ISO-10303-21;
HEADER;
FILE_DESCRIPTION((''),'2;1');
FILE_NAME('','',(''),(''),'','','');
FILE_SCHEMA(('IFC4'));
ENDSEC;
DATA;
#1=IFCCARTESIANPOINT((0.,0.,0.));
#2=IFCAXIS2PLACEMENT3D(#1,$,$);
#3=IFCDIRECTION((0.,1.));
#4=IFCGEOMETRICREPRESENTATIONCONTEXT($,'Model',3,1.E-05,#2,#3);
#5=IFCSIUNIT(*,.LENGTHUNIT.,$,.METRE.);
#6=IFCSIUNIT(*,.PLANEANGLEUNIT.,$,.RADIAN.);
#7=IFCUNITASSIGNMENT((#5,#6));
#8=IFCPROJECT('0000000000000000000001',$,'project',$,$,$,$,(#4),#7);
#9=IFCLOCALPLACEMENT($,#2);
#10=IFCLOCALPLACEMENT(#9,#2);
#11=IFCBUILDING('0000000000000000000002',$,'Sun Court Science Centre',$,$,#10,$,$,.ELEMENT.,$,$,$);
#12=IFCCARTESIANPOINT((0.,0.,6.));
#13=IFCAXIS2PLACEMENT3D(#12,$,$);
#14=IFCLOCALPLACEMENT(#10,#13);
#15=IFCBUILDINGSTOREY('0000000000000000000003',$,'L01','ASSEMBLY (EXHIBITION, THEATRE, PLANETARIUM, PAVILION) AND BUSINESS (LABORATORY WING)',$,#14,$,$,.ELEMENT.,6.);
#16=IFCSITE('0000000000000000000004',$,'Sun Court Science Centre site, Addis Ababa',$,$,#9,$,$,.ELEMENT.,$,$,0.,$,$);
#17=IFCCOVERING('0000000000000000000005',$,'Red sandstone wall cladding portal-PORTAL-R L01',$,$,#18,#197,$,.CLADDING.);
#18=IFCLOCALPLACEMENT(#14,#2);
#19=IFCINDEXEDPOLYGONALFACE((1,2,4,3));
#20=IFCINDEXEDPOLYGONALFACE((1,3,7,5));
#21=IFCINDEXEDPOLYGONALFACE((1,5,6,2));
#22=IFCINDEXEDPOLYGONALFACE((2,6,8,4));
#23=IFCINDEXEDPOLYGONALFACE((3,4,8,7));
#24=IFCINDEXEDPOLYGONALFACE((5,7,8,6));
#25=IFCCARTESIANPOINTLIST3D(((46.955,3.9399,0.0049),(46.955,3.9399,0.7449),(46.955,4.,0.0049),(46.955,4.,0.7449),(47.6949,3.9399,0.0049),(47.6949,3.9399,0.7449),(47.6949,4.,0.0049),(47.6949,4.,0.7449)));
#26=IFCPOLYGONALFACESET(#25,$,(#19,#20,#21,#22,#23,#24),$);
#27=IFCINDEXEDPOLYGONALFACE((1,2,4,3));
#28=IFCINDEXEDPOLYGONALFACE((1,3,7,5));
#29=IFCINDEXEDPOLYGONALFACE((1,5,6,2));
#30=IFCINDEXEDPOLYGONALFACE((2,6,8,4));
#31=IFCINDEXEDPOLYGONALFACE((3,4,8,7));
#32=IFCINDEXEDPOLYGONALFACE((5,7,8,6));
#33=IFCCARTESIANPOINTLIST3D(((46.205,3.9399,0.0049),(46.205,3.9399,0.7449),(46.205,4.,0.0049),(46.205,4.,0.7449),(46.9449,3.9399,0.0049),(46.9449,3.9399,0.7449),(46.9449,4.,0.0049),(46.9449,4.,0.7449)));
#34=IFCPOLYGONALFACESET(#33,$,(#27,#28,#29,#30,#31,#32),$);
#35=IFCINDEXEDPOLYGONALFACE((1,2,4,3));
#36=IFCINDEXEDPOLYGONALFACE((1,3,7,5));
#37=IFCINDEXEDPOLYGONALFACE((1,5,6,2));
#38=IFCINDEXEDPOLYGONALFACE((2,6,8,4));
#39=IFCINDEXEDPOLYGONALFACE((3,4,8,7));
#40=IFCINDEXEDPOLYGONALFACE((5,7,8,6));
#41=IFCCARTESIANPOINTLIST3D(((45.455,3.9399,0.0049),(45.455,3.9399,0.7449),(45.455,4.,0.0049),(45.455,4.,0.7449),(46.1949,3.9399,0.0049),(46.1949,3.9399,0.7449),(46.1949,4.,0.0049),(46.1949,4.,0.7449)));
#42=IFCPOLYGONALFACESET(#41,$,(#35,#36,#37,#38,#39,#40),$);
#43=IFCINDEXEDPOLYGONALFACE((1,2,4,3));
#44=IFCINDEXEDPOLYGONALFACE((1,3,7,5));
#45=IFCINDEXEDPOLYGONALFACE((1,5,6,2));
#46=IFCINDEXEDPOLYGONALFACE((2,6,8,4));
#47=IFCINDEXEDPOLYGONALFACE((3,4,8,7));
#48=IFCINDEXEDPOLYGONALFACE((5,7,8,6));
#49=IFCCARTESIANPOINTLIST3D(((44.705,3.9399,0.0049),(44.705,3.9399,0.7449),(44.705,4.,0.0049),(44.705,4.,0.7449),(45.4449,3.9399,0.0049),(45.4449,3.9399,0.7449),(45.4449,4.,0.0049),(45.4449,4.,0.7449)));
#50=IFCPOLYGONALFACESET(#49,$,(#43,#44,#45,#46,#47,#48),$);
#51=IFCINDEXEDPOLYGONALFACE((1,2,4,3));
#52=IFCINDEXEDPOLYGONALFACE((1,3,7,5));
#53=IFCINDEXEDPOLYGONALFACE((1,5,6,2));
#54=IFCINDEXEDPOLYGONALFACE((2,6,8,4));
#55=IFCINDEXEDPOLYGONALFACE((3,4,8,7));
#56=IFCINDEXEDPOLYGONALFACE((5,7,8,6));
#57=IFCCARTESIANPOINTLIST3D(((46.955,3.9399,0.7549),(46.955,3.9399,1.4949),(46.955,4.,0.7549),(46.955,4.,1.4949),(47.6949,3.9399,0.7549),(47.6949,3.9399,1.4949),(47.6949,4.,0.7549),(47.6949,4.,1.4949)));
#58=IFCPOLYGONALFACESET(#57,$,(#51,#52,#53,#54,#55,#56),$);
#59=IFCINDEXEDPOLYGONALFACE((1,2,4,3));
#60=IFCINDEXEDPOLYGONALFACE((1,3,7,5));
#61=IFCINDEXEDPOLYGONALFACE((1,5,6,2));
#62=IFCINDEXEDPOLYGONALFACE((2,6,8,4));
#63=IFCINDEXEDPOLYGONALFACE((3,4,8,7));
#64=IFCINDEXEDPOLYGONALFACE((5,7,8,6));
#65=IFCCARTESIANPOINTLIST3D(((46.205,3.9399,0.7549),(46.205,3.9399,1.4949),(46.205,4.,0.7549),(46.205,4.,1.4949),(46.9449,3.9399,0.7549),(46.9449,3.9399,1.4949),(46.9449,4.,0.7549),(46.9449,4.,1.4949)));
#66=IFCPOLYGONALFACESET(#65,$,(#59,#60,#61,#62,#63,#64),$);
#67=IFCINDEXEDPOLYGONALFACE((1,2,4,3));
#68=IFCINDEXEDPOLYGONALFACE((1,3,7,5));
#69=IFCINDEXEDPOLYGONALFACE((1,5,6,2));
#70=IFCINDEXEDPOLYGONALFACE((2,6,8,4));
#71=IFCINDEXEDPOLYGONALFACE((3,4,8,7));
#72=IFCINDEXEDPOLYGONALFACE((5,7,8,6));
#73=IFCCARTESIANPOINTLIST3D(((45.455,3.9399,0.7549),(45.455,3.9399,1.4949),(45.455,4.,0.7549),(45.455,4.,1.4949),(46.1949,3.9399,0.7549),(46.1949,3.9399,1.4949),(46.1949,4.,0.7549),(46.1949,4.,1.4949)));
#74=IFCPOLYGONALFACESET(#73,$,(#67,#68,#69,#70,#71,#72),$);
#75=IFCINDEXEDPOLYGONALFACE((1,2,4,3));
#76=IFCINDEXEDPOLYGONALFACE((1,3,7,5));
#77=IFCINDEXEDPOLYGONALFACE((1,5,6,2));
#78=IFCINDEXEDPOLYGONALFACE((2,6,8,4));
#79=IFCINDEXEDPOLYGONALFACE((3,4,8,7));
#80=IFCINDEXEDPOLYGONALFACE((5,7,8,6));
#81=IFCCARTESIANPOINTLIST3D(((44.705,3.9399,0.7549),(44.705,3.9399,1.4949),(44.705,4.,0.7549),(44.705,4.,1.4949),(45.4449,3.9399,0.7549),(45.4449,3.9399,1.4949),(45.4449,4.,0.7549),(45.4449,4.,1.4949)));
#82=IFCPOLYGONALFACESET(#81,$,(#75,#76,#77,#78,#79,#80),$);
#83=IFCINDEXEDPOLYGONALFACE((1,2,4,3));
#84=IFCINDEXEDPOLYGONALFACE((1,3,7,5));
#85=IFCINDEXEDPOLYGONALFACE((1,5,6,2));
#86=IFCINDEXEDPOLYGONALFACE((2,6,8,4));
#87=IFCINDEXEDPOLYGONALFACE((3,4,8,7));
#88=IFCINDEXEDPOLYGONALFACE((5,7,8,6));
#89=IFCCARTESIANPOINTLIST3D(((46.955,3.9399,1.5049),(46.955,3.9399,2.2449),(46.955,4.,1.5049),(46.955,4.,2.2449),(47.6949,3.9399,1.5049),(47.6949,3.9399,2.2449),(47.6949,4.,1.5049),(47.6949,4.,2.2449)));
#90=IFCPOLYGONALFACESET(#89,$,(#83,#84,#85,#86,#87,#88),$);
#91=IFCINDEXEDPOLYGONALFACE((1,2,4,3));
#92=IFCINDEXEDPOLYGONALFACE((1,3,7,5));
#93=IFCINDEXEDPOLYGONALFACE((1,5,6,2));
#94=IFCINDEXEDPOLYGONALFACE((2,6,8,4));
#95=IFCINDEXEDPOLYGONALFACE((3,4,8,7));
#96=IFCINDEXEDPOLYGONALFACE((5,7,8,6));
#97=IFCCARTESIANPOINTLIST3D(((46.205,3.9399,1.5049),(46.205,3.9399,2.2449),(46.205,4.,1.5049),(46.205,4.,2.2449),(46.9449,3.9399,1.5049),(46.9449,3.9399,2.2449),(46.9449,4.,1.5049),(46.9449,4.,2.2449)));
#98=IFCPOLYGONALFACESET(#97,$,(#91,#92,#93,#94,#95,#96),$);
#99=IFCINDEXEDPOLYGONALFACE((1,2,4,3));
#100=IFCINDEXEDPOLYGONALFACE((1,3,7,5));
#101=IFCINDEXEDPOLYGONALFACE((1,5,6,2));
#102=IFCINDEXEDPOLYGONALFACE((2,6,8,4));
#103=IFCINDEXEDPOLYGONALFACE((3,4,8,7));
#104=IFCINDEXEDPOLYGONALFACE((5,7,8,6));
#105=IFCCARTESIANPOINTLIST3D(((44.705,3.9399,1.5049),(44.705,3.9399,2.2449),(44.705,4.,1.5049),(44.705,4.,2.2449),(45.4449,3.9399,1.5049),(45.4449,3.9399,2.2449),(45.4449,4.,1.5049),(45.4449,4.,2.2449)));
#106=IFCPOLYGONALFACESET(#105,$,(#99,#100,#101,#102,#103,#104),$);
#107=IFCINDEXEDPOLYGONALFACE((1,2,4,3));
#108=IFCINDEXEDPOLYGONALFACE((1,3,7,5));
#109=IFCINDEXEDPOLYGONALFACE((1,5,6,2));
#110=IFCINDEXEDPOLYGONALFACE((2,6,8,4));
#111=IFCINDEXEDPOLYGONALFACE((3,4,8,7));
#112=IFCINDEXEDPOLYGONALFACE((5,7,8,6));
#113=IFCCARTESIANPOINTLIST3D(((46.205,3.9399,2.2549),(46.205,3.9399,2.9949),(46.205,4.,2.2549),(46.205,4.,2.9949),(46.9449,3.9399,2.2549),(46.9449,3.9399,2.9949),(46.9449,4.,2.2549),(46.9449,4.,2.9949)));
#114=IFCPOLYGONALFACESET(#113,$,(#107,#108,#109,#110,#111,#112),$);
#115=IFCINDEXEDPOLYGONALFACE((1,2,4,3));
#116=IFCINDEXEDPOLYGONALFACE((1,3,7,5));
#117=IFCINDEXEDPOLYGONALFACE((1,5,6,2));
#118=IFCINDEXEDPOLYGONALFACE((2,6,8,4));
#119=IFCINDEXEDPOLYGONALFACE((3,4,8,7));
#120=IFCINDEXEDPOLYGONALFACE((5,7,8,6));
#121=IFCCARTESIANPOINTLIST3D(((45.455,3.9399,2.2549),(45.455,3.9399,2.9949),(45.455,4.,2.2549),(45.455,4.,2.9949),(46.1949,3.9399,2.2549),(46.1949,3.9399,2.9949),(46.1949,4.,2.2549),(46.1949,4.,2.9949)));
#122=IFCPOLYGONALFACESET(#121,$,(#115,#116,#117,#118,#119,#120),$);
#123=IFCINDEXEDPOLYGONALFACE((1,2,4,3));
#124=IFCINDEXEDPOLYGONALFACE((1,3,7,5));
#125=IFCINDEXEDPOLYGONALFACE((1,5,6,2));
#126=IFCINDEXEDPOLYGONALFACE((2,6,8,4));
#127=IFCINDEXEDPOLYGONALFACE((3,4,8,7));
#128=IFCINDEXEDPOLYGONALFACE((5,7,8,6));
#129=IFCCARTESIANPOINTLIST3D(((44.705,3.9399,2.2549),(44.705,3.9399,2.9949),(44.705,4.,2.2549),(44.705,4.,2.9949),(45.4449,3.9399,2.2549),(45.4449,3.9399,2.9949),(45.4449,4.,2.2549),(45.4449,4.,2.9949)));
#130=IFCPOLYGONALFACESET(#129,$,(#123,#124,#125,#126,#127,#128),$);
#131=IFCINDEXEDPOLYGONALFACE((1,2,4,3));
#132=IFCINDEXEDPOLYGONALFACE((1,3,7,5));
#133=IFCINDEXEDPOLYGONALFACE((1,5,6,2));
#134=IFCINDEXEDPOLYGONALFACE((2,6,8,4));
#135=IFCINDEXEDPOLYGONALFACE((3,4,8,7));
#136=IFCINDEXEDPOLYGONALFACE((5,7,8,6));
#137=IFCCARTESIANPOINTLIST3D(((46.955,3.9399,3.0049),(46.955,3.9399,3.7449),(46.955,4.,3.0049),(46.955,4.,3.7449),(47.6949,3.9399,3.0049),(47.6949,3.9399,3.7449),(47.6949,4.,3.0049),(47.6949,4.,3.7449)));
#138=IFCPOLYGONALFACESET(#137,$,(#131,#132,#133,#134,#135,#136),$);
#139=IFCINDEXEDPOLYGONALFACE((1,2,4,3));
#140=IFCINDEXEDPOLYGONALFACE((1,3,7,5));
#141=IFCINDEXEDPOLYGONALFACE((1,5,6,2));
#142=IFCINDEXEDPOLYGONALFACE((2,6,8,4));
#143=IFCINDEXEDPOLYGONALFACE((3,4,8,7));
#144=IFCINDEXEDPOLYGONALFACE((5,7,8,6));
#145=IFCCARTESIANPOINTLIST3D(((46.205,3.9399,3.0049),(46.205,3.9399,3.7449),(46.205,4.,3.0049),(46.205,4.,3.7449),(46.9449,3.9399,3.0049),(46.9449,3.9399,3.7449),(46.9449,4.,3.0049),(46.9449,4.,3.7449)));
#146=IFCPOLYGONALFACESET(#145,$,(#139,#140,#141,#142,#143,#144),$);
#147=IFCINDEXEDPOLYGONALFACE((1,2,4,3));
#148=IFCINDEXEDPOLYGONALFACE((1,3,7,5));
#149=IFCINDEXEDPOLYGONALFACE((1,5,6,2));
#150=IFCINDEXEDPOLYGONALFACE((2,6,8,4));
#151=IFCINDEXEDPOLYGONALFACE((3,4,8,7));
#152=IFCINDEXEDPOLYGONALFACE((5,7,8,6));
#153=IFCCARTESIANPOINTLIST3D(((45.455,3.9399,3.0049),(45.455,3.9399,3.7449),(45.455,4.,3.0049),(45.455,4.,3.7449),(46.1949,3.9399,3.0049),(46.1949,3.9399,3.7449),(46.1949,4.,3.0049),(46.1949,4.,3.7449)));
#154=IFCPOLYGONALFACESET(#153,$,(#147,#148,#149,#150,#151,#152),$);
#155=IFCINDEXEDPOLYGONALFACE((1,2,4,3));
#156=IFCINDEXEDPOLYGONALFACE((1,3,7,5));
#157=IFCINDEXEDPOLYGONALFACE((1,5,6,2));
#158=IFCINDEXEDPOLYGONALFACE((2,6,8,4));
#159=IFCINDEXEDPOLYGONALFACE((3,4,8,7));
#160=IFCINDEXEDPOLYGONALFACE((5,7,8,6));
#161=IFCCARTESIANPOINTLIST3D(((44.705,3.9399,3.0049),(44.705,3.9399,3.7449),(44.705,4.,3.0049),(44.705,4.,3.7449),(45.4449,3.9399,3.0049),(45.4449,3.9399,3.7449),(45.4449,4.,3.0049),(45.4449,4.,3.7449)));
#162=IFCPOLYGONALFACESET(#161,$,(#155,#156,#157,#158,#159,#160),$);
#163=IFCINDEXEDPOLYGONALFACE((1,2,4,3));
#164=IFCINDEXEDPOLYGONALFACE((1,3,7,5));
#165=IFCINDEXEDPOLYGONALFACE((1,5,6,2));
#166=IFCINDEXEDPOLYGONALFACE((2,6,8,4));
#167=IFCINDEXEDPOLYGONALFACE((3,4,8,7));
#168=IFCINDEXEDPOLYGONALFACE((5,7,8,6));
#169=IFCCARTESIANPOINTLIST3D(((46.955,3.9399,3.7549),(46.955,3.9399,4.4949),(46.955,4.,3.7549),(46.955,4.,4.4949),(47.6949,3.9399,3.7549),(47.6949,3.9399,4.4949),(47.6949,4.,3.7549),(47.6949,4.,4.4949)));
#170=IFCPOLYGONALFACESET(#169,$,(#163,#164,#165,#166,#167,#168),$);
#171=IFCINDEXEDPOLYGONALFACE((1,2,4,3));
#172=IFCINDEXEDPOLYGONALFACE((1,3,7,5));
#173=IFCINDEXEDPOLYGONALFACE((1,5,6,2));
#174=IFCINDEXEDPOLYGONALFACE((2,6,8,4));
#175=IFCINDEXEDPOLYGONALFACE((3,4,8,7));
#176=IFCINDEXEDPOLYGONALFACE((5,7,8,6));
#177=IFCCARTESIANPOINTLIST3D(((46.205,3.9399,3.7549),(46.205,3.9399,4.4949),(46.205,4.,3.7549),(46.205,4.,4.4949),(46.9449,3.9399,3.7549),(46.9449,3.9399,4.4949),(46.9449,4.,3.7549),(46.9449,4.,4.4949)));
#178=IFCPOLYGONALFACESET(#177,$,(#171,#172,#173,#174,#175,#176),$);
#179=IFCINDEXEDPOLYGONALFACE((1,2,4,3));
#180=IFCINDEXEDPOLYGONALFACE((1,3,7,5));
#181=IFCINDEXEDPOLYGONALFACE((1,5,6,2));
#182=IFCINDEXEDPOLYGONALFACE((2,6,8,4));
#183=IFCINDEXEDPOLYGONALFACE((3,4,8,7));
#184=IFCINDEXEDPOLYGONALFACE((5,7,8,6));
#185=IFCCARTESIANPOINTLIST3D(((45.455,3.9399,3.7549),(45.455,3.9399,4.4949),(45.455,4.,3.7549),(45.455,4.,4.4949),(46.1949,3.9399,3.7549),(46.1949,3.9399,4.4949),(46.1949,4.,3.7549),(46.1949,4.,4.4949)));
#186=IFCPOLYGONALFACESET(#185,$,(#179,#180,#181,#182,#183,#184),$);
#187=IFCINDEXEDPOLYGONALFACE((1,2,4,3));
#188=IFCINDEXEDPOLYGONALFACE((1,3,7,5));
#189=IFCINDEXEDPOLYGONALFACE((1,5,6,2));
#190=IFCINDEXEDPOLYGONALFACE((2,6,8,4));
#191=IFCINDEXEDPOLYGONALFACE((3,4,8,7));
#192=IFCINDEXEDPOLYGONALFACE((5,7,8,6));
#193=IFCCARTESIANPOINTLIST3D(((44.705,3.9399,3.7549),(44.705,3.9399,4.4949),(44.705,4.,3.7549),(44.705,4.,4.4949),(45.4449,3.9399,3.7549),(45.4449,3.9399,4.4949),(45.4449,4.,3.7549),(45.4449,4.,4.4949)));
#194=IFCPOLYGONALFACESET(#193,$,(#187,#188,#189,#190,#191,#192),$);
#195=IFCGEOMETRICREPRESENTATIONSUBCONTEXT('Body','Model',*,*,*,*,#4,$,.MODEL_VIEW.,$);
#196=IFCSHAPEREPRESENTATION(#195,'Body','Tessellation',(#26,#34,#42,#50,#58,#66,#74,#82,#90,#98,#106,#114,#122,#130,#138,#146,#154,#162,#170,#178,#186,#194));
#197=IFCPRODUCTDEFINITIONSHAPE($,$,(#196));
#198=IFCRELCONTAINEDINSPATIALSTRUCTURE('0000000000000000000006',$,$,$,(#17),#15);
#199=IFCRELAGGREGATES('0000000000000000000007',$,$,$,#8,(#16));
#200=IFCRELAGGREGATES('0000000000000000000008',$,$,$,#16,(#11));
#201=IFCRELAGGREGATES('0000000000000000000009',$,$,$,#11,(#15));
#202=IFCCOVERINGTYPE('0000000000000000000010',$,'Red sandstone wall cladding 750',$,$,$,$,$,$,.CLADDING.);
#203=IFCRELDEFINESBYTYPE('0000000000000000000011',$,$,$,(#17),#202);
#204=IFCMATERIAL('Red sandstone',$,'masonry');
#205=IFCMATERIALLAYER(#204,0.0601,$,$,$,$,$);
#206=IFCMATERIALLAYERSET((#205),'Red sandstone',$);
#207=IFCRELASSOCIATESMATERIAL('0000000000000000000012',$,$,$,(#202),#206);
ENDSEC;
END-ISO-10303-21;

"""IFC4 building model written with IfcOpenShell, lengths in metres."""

from ifc_helpers import new_model, si_unit, direction, frame, origin, origin_2d, place, context, subcontext, project, spatial, rectangle, extrude, material, layer, layer_set, type_object, element, save


model = new_model("IFC4")

# Units and contexts
model_context = context("Model", 3, precision=1e-05, world=origin(), true_north=direction((0.0, 1.0)))
body_context = subcontext(model_context, "Body", "Model", "MODEL_VIEW")
ifc_project = project(units=[si_unit("LENGTHUNIT", "METRE"), si_unit("PLANEANGLEUNIT", "RADIAN")], contexts=[model_context])

# Site, building, storey
site_placement = place(None, origin())
site = spatial("IfcSite", under=ifc_project, at=site_placement, Name="Sun Court Science Centre site, Addis Ababa", CompositionType="ELEMENT", RefElevation=0.0)
building_placement = place(site_placement, origin())
building = spatial("IfcBuilding", under=site, at=building_placement, Name="Sun Court Science Centre", CompositionType="ELEMENT")
storey_placement = place(building_placement, frame((0.0, 0.0, 6.0)))
storey = spatial("IfcBuildingStorey", under=building, at=storey_placement, Name="L01", Description="ASSEMBLY (EXHIBITION, THEATRE, PLANETARIUM, PAVILION) AND BUSINESS (LABORATORY WING)", CompositionType="ELEMENT", Elevation=6.0)

# Covering
ifc_material_1 = material(Name="Red sandstone", Category="masonry")
ifc_layer_1 = layer(ifc_material_1, 0.0601)
ifc_layer_set_1 = layer_set([ifc_layer_1], Name="Red sandstone")
covering_type_1 = type_object("IfcCoveringType", Name="Red sandstone wall cladding 750", PredefinedType="CLADDING", material=ifc_layer_set_1)
covering_1_placement = place(storey_placement, frame((0.0, 0.0, -6.0)))
element("IfcCovering", 1, at=covering_1_placement, inside=storey, type_object=covering_type_1, Name="Red sandstone wall cladding portal-PORTAL-R L01", PredefinedType="CLADDING", context=body_context, shape_type="SweptSolid", body=[
    extrude(rectangle(XDim=0.74, YDim=0.0601, at=origin_2d()), frame((47.325, 3.97, 6.0049), z_axis=(0.0, 0.0, 1.0), x_axis=(-1.0, 0.0, 0.0)), (0.0, 0.0, 1.0), 0.74),
    extrude(rectangle(XDim=0.74, YDim=0.0601, at=origin_2d()), frame((46.575, 3.97, 6.0049), z_axis=(0.0, 0.0, 1.0), x_axis=(-1.0, 0.0, 0.0)), (0.0, 0.0, 1.0), 0.74),
    extrude(rectangle(XDim=0.74, YDim=0.0601, at=origin_2d()), frame((45.825, 3.97, 6.0049), z_axis=(0.0, 0.0, 1.0), x_axis=(-1.0, 0.0, 0.0)), (0.0, 0.0, 1.0), 0.74),
    extrude(rectangle(XDim=0.74, YDim=0.0601, at=origin_2d()), frame((45.075, 3.97, 6.0049), z_axis=(0.0, 0.0, 1.0), x_axis=(-1.0, 0.0, 0.0)), (0.0, 0.0, 1.0), 0.74),
    extrude(rectangle(XDim=0.74, YDim=0.0601, at=origin_2d()), frame((47.325, 3.97, 6.7549), z_axis=(0.0, 0.0, 1.0), x_axis=(-1.0, 0.0, 0.0)), (0.0, 0.0, 1.0), 0.74),
    extrude(rectangle(XDim=0.74, YDim=0.0601, at=origin_2d()), frame((46.575, 3.97, 6.7549), z_axis=(0.0, 0.0, 1.0), x_axis=(-1.0, 0.0, 0.0)), (0.0, 0.0, 1.0), 0.74),
    extrude(rectangle(XDim=0.74, YDim=0.0601, at=origin_2d()), frame((45.825, 3.97, 6.7549), z_axis=(0.0, 0.0, 1.0), x_axis=(-1.0, 0.0, 0.0)), (0.0, 0.0, 1.0), 0.74),
    extrude(rectangle(XDim=0.74, YDim=0.0601, at=origin_2d()), frame((45.075, 3.97, 6.7549), z_axis=(0.0, 0.0, 1.0), x_axis=(-1.0, 0.0, 0.0)), (0.0, 0.0, 1.0), 0.74),
    extrude(rectangle(XDim=0.74, YDim=0.0601, at=origin_2d()), frame((47.325, 3.97, 7.5049), z_axis=(0.0, 0.0, 1.0), x_axis=(-1.0, 0.0, 0.0)), (0.0, 0.0, 1.0), 0.74),
    extrude(rectangle(XDim=0.74, YDim=0.0601, at=origin_2d()), frame((46.575, 3.97, 7.5049), z_axis=(0.0, 0.0, 1.0), x_axis=(-1.0, 0.0, 0.0)), (0.0, 0.0, 1.0), 0.74),
    extrude(rectangle(XDim=0.74, YDim=0.0601, at=origin_2d()), frame((45.075, 3.97, 7.5049), z_axis=(0.0, 0.0, 1.0), x_axis=(-1.0, 0.0, 0.0)), (0.0, 0.0, 1.0), 0.74),
    extrude(rectangle(XDim=0.74, YDim=0.0601, at=origin_2d()), frame((46.575, 3.97, 8.2549), z_axis=(0.0, 0.0, 1.0), x_axis=(-1.0, 0.0, 0.0)), (0.0, 0.0, 1.0), 0.74),
    extrude(rectangle(XDim=0.74, YDim=0.0601, at=origin_2d()), frame((45.825, 3.97, 8.2549), z_axis=(0.0, 0.0, 1.0), x_axis=(-1.0, 0.0, 0.0)), (0.0, 0.0, 1.0), 0.74),
    extrude(rectangle(XDim=0.74, YDim=0.0601, at=origin_2d()), frame((45.075, 3.97, 8.2549), z_axis=(0.0, 0.0, 1.0), x_axis=(-1.0, 0.0, 0.0)), (0.0, 0.0, 1.0), 0.74),
    extrude(rectangle(XDim=0.74, YDim=0.0601, at=origin_2d()), frame((47.325, 3.97, 9.0049), z_axis=(0.0, 0.0, 1.0), x_axis=(-1.0, 0.0, 0.0)), (0.0, 0.0, 1.0), 0.74),
    extrude(rectangle(XDim=0.74, YDim=0.0601, at=origin_2d()), frame((46.575, 3.97, 9.0049), z_axis=(0.0, 0.0, 1.0), x_axis=(-1.0, 0.0, 0.0)), (0.0, 0.0, 1.0), 0.74),
    extrude(rectangle(XDim=0.74, YDim=0.0601, at=origin_2d()), frame((45.825, 3.97, 9.0049), z_axis=(0.0, 0.0, 1.0), x_axis=(-1.0, 0.0, 0.0)), (0.0, 0.0, 1.0), 0.74),
    extrude(rectangle(XDim=0.74, YDim=0.0601, at=origin_2d()), frame((45.075, 3.97, 9.0049), z_axis=(0.0, 0.0, 1.0), x_axis=(-1.0, 0.0, 0.0)), (0.0, 0.0, 1.0), 0.74),
    extrude(rectangle(XDim=0.74, YDim=0.0601, at=origin_2d()), frame((47.325, 3.97, 9.7549), z_axis=(0.0, 0.0, 1.0), x_axis=(-1.0, 0.0, 0.0)), (0.0, 0.0, 1.0), 0.74),
    extrude(rectangle(XDim=0.74, YDim=0.0601, at=origin_2d()), frame((46.575, 3.97, 9.7549), z_axis=(0.0, 0.0, 1.0), x_axis=(-1.0, 0.0, 0.0)), (0.0, 0.0, 1.0), 0.74),
    extrude(rectangle(XDim=0.74, YDim=0.0601, at=origin_2d()), frame((45.825, 3.97, 9.7549), z_axis=(0.0, 0.0, 1.0), x_axis=(-1.0, 0.0, 0.0)), (0.0, 0.0, 1.0), 0.74),
    extrude(rectangle(XDim=0.74, YDim=0.0601, at=origin_2d()), frame((45.075, 3.97, 9.7549), z_axis=(0.0, 0.0, 1.0), x_axis=(-1.0, 0.0, 0.0)), (0.0, 0.0, 1.0), 0.74),
])

save(model, "model.ifc")
